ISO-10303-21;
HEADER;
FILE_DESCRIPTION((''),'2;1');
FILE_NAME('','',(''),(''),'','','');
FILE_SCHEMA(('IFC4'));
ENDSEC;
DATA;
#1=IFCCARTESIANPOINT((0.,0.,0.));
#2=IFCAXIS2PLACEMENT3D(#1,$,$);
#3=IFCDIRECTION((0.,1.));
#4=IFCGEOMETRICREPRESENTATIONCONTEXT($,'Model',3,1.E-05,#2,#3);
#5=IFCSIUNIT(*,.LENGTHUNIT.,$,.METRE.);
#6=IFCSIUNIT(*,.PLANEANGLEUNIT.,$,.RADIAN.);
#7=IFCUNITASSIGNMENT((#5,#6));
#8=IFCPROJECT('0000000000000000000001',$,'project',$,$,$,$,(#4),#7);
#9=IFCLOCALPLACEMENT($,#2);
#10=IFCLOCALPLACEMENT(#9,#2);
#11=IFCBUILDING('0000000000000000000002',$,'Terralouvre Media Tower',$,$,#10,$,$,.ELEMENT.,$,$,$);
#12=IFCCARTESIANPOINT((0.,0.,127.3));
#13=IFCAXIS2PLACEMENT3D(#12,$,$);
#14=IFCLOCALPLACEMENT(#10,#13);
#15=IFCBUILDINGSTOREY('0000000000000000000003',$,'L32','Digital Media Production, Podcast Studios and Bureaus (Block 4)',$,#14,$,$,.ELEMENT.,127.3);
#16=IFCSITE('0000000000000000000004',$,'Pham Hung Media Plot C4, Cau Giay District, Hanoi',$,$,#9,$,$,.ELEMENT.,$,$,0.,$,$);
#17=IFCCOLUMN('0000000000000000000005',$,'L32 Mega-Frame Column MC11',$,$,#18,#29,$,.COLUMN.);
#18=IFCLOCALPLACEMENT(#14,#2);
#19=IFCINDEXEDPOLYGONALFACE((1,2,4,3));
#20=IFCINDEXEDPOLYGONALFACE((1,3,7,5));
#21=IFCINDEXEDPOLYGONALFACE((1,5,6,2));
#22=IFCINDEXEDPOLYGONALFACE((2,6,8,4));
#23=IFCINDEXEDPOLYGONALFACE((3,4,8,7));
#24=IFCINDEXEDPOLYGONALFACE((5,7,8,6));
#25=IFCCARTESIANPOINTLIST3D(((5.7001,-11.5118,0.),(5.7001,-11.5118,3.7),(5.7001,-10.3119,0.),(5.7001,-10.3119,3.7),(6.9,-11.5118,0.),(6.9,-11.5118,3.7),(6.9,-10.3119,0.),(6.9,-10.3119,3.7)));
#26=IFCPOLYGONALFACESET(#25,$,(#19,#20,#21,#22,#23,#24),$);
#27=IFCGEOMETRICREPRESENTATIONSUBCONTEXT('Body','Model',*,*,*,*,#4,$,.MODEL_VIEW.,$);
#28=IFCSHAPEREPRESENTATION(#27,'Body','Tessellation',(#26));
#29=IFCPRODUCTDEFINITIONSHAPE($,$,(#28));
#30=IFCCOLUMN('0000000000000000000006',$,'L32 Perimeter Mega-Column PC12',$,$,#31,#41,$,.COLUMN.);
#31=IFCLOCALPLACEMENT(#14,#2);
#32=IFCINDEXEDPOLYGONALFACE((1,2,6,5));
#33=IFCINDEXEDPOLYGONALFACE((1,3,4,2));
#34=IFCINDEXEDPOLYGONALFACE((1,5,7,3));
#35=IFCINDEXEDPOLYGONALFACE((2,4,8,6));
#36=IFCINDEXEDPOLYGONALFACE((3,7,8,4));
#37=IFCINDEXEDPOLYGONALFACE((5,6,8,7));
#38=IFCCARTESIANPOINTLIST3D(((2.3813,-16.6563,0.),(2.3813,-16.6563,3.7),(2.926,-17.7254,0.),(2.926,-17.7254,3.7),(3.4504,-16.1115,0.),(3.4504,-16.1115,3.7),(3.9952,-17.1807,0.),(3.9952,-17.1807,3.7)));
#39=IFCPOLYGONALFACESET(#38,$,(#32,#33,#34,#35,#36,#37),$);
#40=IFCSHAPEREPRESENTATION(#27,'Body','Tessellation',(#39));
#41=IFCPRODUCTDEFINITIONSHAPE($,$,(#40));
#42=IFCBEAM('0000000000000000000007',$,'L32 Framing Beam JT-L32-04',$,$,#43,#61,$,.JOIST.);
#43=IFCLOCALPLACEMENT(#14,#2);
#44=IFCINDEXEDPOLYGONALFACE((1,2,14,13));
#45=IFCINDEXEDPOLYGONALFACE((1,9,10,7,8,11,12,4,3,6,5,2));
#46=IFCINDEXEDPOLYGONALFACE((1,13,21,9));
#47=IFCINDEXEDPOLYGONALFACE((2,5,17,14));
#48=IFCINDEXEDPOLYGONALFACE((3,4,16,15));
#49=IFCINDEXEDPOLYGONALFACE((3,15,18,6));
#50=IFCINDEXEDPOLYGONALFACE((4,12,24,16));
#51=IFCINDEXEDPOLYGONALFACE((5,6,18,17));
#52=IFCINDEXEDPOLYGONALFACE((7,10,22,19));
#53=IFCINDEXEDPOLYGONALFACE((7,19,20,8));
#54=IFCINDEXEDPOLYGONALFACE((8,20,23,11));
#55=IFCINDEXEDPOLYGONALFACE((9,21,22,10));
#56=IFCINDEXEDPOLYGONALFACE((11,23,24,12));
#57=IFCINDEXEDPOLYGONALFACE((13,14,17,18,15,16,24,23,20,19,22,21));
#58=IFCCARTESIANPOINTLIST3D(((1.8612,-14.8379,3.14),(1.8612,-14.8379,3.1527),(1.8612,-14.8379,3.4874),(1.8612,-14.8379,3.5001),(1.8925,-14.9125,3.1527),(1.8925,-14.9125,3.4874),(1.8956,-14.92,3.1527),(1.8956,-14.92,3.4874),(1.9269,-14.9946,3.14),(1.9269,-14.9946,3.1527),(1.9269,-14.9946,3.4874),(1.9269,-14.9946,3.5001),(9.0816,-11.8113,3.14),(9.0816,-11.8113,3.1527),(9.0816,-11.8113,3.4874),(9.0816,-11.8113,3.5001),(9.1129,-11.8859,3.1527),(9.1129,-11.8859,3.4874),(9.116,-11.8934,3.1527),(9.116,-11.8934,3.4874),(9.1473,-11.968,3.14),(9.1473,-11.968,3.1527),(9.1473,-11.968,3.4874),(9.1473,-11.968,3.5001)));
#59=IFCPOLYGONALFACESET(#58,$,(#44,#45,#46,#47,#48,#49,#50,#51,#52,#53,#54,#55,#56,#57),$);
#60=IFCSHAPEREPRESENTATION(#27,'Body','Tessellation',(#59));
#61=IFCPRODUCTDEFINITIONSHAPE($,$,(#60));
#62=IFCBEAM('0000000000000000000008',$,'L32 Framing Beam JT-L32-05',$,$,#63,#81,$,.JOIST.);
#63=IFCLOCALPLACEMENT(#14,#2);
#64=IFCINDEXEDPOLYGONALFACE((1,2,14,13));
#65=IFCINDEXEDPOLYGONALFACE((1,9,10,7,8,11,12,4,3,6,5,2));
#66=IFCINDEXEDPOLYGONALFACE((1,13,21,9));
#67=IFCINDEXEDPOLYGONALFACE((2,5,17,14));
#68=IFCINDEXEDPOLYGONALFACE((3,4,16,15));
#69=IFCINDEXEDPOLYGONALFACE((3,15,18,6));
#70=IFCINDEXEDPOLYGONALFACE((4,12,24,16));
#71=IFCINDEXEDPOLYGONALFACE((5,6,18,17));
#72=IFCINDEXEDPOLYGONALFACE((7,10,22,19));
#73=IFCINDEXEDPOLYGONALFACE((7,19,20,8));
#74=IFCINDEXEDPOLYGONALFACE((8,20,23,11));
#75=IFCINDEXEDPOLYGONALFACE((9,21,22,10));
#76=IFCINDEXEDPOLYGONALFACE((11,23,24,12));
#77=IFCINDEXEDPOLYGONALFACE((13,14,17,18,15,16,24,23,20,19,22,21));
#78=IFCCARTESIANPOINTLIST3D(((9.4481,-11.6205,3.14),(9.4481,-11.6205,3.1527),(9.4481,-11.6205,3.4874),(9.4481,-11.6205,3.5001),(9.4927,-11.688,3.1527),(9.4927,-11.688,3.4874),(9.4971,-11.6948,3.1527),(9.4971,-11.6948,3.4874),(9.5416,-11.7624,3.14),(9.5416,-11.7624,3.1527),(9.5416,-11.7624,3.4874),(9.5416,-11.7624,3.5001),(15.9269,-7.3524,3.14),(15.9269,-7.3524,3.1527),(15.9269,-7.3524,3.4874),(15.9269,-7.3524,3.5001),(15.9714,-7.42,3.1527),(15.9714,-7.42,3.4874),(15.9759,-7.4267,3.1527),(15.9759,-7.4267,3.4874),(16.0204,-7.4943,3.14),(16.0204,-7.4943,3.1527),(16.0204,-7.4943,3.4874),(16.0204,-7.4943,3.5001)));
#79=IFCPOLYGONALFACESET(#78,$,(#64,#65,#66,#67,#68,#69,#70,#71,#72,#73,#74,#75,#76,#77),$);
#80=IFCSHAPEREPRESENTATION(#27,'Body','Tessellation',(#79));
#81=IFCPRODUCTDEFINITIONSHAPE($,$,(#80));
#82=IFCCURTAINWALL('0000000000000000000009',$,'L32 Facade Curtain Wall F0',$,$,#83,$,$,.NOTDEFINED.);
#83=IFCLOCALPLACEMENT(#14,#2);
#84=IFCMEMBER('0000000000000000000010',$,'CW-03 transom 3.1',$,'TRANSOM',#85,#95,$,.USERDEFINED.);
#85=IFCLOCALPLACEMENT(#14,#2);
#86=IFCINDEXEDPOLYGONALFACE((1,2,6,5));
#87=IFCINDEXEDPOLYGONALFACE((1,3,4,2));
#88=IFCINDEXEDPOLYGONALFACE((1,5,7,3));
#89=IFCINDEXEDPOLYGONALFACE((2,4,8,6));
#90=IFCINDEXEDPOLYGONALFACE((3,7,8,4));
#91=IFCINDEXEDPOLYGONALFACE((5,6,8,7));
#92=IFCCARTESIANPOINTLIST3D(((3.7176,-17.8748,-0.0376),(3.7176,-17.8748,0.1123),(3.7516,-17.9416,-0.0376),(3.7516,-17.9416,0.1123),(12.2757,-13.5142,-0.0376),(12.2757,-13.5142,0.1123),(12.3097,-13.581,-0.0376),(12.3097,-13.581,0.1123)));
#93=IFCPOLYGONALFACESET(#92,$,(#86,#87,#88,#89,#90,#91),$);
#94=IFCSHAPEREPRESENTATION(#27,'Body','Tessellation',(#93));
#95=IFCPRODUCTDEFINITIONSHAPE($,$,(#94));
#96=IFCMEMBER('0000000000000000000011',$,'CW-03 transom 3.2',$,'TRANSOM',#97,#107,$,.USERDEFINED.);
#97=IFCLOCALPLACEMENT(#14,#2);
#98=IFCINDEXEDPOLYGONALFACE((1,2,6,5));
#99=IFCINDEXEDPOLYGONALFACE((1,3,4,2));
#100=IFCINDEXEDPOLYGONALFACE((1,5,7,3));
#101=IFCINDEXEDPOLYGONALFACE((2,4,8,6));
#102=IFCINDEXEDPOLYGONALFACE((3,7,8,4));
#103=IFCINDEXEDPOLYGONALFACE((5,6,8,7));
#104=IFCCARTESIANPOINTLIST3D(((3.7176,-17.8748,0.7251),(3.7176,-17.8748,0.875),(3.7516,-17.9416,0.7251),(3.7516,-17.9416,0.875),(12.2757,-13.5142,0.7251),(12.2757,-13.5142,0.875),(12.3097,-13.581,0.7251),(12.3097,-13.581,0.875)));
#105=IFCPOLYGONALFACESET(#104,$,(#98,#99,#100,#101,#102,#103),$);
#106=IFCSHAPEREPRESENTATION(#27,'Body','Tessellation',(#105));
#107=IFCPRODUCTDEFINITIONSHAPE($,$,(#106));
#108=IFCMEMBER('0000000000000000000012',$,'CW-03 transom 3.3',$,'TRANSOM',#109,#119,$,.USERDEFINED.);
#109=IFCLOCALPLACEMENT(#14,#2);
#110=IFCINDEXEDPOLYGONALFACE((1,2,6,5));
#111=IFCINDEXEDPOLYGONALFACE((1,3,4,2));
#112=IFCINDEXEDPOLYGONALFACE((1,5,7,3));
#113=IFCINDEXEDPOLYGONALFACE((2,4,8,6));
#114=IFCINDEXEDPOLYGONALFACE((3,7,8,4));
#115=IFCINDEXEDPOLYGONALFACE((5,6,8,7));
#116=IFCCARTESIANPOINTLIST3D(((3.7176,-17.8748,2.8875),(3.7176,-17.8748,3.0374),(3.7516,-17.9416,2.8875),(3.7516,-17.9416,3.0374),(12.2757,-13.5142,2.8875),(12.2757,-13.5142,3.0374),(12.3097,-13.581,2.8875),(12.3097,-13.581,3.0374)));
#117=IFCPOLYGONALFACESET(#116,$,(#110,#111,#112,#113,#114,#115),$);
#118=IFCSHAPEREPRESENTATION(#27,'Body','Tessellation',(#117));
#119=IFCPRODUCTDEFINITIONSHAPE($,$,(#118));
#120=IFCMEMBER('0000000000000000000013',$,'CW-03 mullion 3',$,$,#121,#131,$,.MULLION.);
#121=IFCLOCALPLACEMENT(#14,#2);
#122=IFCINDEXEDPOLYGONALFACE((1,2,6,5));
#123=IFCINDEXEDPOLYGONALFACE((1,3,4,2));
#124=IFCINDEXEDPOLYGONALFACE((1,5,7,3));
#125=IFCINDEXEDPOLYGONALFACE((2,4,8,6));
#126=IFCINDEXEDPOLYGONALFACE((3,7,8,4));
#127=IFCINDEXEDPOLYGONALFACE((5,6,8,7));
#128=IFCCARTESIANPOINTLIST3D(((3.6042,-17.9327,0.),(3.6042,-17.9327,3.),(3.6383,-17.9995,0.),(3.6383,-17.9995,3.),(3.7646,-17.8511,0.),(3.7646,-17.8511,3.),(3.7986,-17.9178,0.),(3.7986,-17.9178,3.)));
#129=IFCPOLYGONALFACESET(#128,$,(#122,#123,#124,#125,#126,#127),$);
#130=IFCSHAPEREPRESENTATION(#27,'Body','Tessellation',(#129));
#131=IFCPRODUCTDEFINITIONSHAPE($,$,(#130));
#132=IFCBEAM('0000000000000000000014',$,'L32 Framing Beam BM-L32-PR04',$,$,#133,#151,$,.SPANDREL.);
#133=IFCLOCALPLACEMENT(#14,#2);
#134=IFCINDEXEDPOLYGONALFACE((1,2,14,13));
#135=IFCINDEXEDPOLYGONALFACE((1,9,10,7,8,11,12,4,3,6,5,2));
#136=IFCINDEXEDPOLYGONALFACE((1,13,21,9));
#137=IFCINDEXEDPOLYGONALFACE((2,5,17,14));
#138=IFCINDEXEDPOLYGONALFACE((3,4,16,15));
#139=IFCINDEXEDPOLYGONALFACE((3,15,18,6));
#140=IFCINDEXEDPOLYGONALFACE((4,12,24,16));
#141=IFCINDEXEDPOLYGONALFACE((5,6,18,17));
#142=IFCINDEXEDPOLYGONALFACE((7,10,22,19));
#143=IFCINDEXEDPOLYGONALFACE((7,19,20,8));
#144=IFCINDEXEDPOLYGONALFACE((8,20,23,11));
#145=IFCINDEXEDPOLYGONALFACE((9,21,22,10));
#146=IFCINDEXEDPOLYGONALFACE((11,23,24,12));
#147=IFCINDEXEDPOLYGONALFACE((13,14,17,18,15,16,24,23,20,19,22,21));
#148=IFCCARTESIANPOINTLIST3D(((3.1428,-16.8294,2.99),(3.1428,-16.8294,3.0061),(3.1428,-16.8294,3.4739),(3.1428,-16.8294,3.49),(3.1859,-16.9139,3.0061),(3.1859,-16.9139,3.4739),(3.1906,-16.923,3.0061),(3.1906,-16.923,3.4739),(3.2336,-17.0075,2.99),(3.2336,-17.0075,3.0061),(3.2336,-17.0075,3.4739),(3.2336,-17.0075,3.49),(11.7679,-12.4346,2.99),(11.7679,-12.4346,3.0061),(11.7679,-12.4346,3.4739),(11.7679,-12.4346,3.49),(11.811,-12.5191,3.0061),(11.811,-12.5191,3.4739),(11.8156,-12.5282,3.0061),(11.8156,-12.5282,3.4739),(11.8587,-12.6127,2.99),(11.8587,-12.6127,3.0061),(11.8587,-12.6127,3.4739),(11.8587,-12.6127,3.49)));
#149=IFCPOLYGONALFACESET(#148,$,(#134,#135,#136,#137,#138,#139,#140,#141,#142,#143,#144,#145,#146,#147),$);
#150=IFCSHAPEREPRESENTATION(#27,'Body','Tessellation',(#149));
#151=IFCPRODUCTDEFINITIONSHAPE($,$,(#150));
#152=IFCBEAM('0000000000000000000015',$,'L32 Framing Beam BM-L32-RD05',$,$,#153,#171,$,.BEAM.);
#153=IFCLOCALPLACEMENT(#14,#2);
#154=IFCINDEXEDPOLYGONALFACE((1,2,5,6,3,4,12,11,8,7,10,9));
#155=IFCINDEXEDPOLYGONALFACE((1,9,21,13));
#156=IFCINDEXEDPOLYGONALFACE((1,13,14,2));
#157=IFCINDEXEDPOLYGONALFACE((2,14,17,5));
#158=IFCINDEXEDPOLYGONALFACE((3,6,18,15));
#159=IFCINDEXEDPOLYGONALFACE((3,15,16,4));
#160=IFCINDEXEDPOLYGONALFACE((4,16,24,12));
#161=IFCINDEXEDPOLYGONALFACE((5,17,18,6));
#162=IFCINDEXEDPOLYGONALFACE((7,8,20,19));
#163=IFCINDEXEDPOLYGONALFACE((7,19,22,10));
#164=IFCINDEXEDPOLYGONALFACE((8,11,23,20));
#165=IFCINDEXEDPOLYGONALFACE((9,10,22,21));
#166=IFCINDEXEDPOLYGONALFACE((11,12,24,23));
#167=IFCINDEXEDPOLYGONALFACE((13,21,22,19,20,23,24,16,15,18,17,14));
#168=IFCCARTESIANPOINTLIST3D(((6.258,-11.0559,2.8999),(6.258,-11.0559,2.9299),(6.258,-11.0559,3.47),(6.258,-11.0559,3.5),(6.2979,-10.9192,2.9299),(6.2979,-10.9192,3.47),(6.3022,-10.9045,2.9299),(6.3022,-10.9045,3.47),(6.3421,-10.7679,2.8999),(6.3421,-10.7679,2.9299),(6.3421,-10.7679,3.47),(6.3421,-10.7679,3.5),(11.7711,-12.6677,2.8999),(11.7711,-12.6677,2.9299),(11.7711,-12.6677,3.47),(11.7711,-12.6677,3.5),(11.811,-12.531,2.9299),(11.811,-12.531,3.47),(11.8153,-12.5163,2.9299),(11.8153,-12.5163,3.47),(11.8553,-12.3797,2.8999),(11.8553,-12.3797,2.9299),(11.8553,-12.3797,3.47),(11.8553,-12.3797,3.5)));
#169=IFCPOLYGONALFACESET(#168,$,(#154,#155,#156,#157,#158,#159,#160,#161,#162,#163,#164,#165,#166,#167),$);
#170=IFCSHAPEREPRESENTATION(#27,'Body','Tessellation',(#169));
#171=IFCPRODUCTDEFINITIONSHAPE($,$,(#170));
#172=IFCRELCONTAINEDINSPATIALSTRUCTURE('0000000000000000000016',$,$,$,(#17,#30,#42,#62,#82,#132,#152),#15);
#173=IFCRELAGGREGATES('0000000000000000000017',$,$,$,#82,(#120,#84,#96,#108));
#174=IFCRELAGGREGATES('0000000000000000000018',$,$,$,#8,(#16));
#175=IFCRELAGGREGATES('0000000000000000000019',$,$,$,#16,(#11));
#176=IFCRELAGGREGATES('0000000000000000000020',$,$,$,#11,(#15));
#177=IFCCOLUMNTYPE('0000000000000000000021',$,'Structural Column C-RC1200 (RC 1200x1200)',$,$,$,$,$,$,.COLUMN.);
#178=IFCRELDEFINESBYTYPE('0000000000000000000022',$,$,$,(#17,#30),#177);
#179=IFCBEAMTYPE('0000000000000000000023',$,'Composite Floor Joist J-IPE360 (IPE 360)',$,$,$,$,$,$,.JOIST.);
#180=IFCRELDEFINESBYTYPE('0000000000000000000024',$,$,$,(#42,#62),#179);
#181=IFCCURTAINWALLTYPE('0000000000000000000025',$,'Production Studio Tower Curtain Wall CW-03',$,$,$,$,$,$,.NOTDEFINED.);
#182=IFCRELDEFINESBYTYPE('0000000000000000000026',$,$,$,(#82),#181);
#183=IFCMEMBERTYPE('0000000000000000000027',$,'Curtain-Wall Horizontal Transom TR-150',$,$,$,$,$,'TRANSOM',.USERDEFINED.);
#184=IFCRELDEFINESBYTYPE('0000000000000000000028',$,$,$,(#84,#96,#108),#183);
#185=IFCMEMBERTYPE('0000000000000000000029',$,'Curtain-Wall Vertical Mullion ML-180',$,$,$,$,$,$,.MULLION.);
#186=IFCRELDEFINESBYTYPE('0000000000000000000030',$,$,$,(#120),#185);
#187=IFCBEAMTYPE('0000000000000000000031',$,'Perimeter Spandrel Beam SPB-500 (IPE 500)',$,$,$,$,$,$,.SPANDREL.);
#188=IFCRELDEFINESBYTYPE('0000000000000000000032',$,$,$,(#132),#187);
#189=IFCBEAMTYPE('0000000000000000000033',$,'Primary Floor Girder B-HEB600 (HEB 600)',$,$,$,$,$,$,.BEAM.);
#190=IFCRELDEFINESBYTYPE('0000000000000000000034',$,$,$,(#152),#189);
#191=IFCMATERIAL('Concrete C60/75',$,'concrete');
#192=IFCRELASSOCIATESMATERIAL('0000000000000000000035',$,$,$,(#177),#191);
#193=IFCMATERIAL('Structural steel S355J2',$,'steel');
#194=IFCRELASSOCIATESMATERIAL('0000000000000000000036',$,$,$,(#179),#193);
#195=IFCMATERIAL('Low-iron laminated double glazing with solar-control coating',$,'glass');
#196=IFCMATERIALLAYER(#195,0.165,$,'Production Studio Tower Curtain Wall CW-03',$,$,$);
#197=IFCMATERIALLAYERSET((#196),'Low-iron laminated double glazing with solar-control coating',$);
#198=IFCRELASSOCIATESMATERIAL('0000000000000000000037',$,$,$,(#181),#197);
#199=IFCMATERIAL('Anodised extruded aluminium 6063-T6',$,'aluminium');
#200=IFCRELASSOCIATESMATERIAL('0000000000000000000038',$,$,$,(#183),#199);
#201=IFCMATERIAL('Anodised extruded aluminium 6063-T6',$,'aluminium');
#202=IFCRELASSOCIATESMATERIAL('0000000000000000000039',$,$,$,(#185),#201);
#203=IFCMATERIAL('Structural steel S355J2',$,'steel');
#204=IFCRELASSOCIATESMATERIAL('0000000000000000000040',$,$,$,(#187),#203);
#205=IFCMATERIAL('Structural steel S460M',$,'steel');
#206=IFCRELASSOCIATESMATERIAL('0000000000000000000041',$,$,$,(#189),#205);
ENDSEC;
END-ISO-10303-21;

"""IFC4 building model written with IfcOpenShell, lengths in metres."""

from ifc_helpers import new_model, si_unit, direction, frame, origin, origin_2d, place, context, subcontext, project, spatial, rectangle, i_section, extrude, material, layer, layer_set, material_profile, profile_set, type_object, element, aggregate, save


model = new_model("IFC4")

# Units and contexts
model_context = context("Model", 3, precision=1e-05, world=origin(), true_north=direction((0.0, 1.0)))
body_context = subcontext(model_context, "Body", "Model", "MODEL_VIEW")
ifc_project = project(units=[si_unit("LENGTHUNIT", "METRE"), si_unit("PLANEANGLEUNIT", "RADIAN")], contexts=[model_context])

# Site, building, storey
site_placement = place(None, origin())
site = spatial("IfcSite", under=ifc_project, at=site_placement, Name="Pham Hung Media Plot C4, Cau Giay District, Hanoi", CompositionType="ELEMENT", RefElevation=0.0)
building_placement = place(site_placement, origin())
building = spatial("IfcBuilding", under=site, at=building_placement, Name="Terralouvre Media Tower", CompositionType="ELEMENT")
storey_placement = place(building_placement, frame((0.0, 0.0, 127.3)))
storey = spatial("IfcBuildingStorey", under=building, at=storey_placement, Name="L32", Description="Digital Media Production, Podcast Studios and Bureaus (Block 4)", CompositionType="ELEMENT", Elevation=127.3)

# Columns
ifc_material_1 = material(Name="Concrete C60/75", Category="concrete")
ifc_material_profile_1 = material_profile(ifc_material_1, rectangle(XDim=1.2, YDim=1.2, at=origin_2d()), Name="RC 1200x1200")
ifc_profile_set_1 = profile_set([ifc_material_profile_1], Name="Concrete C60/75")
column_type = type_object("IfcColumnType", Name="Structural Column C-RC1200 (RC 1200x1200)", PredefinedType="COLUMN", material=ifc_profile_set_1)
for number, where, z_axis, x_axis, name in (
    (1, (6.3, -10.9119, 0.0), (0.0, 0.0, 1.0), (1.0, 0.0, 0.0), "L32 Mega-Frame Column MC11"),
    (2, (3.1882, -16.9185, 0.0), (0.0, 0.0, 1.0), (0.891007, 0.45399, 0.0), "L32 Perimeter Mega-Column PC12"),
):
    element("IfcColumn", number, at=place(storey_placement, frame(where, z_axis=z_axis, x_axis=x_axis)), inside=storey, type_object=column_type, Name=name, PredefinedType="COLUMN", context=body_context, shape_type="SweptSolid", body=[
        extrude(rectangle(XDim=1.2, YDim=1.2, at=origin_2d()), origin(), (0.0, 0.0, 1.0), 3.7),
    ])

# Beams
ifc_material_2 = material(Name="Structural steel S355J2", Category="steel")
ifc_material_profile_2 = material_profile(ifc_material_2, i_section(OverallWidth=0.1699, OverallDepth=0.3601, WebThickness=0.0081, FlangeThickness=0.0127, at=origin_2d()), Name="IPE 360")
ifc_profile_set_2 = profile_set([ifc_material_profile_2], Name="Structural steel S355J2")
beam_type_1 = type_object("IfcBeamType", Name="Composite Floor Joist J-IPE360 (IPE 360)", PredefinedType="JOIST", material=ifc_profile_set_2)
beam_1_placement = place(storey_placement, frame((1.894, -14.9163, 3.3201), z_axis=(0.922255, 0.386583, 0.0), x_axis=(-0.386583, 0.922255, 0.0)))
element("IfcBeam", 3, at=beam_1_placement, inside=storey, type_object=beam_type_1, Name="L32 Framing Beam JT-L32-04", PredefinedType="JOIST", context=body_context, shape_type="SweptSolid", body=[
    extrude(i_section(OverallWidth=0.1699, OverallDepth=0.3601, WebThickness=0.0081, FlangeThickness=0.0127, at=origin_2d()), origin(), (0.0, 0.0, 1.0), 7.8291),
])
beam_2_placement = place(storey_placement, frame((9.4949, -11.6914, 3.3201), z_axis=(0.835078, 0.550131, 0.0), x_axis=(-0.550131, 0.835078, 0.0)))
element("IfcBeam", 4, at=beam_2_placement, inside=storey, type_object=beam_type_1, Name="L32 Framing Beam JT-L32-05", PredefinedType="JOIST", context=body_context, shape_type="SweptSolid", body=[
    extrude(i_section(OverallWidth=0.1699, OverallDepth=0.3601, WebThickness=0.0081, FlangeThickness=0.0127, at=origin_2d()), origin(), (0.0, 0.0, 1.0), 7.7583),
])

# Curtain wall, members
ifc_material_3 = material(Name="Low-iron laminated double glazing with solar-control coating", Category="glass")
ifc_layer_1 = layer(ifc_material_3, 0.165, Name="Production Studio Tower Curtain Wall CW-03")
ifc_layer_set_1 = layer_set([ifc_layer_1], Name="Low-iron laminated double glazing with solar-control coating")
curtain_wall_type = type_object("IfcCurtainWallType", Name="Production Studio Tower Curtain Wall CW-03", PredefinedType="NOTDEFINED", material=ifc_layer_set_1)
curtain_wall_placement = place(storey_placement, origin())
curtain_wall = element("IfcCurtainWall", 5, at=curtain_wall_placement, inside=storey, type_object=curtain_wall_type, Name="L32 Facade Curtain Wall F0", PredefinedType="NOTDEFINED")
ifc_material_4 = material(Name="Anodised extruded aluminium 6063-T6", Category="aluminium")
ifc_material_profile_3 = material_profile(ifc_material_4, rectangle(XDim=0.075, YDim=0.1499, at=origin_2d()), Name="ALU 75x150")
ifc_profile_set_3 = profile_set([ifc_material_profile_3], Name="Anodised extruded aluminium 6063-T6")
member_type_1 = type_object("IfcMemberType", Name="Curtain-Wall Horizontal Transom TR-150", ElementType="TRANSOM", PredefinedType="USERDEFINED", material=ifc_profile_set_3)
member_1_placement = place(storey_placement, frame((3.7346, -17.9082, 0.0374), z_axis=(0.891006, 0.453992, 0.0), x_axis=(-0.453992, 0.891006, 0.0)))
member_1 = element("IfcMember", 6, at=member_1_placement, type_object=member_type_1, Name="CW-03 transom 3.1", ObjectType="TRANSOM", PredefinedType="USERDEFINED", context=body_context, shape_type="SweptSolid", body=[
    extrude(rectangle(XDim=0.075, YDim=0.1499, at=origin_2d()), origin(), (0.0, 0.0, 1.0), 9.605),
])
member_2_placement = place(storey_placement, frame((3.7346, -17.9082, 0.8), z_axis=(0.891006, 0.453992, 0.0), x_axis=(-0.453992, 0.891006, 0.0)))
member_2 = element("IfcMember", 7, at=member_2_placement, type_object=member_type_1, Name="CW-03 transom 3.2", ObjectType="TRANSOM", PredefinedType="USERDEFINED", context=body_context, shape_type="SweptSolid", body=[
    extrude(rectangle(XDim=0.075, YDim=0.1499, at=origin_2d()), origin(), (0.0, 0.0, 1.0), 9.605),
])
member_3_placement = place(storey_placement, frame((3.7346, -17.9082, 2.9624), z_axis=(0.891006, 0.453992, 0.0), x_axis=(-0.453992, 0.891006, 0.0)))
member_3 = element("IfcMember", 8, at=member_3_placement, type_object=member_type_1, Name="CW-03 transom 3.3", ObjectType="TRANSOM", PredefinedType="USERDEFINED", context=body_context, shape_type="SweptSolid", body=[
    extrude(rectangle(XDim=0.075, YDim=0.1499, at=origin_2d()), origin(), (0.0, 0.0, 1.0), 9.605),
])
ifc_material_5 = material(Name="Anodised extruded aluminium 6063-T6", Category="aluminium")
ifc_material_profile_4 = material_profile(ifc_material_5, rectangle(XDim=0.075, YDim=0.1799, at=origin_2d()), Name="ALU 75x180")
ifc_profile_set_4 = profile_set([ifc_material_profile_4], Name="Anodised extruded aluminium 6063-T6")
member_type_2 = type_object("IfcMemberType", Name="Curtain-Wall Vertical Mullion ML-180", PredefinedType="MULLION", material=ifc_profile_set_4)
member_4_placement = place(storey_placement, frame((3.7014, -17.9253, 0.0), z_axis=(0.0, 0.0, 1.0), x_axis=(-0.453991, 0.891007, 0.0)))
member_4 = element("IfcMember", 9, at=member_4_placement, type_object=member_type_2, Name="CW-03 mullion 3", PredefinedType="MULLION", context=body_context, shape_type="SweptSolid", body=[
    extrude(rectangle(XDim=0.075, YDim=0.1799, at=origin_2d()), origin(), (0.0, 0.0, 1.0), 3.0),
])

# Beams
ifc_material_6 = material(Name="Structural steel S355J2", Category="steel")
ifc_material_profile_5 = material_profile(ifc_material_6, i_section(OverallWidth=0.2, OverallDepth=0.5, WebThickness=0.0103, FlangeThickness=0.0161, at=origin_2d()), Name="IPE 500")
ifc_profile_set_5 = profile_set([ifc_material_profile_5], Name="Structural steel S355J2")
beam_type_2 = type_object("IfcBeamType", Name="Perimeter Spandrel Beam SPB-500 (IPE 500)", PredefinedType="SPANDREL", material=ifc_profile_set_5)
beam_3_placement = place(storey_placement, frame((3.1882, -16.9185, 3.24), z_axis=(0.891002, 0.454, 0.0), x_axis=(-0.454, 0.891002, 0.0)))
element("IfcBeam", 10, at=beam_3_placement, inside=storey, type_object=beam_type_2, Name="L32 Framing Beam BM-L32-PR04", PredefinedType="SPANDREL", context=body_context, shape_type="SweptSolid", body=[
    extrude(i_section(OverallWidth=0.2, OverallDepth=0.5, WebThickness=0.0103, FlangeThickness=0.0161, at=origin_2d()), origin(), (0.0, 0.0, 1.0), 9.6802),
])
ifc_material_7 = material(Name="Structural steel S460M", Category="steel")
ifc_material_profile_6 = material_profile(ifc_material_7, i_section(OverallWidth=0.3, OverallDepth=0.6001, WebThickness=0.0154, FlangeThickness=0.03, at=origin_2d()), Name="HEB 600")
ifc_profile_set_6 = profile_set([ifc_material_profile_6], Name="Structural steel S460M")
beam_type_3 = type_object("IfcBeamType", Name="Primary Floor Girder B-HEB600 (HEB 600)", PredefinedType="BEAM", material=ifc_profile_set_6)
beam_4_placement = place(storey_placement, frame((6.3, -10.9119, 3.2), z_axis=(0.959822, -0.28061, 0.0), x_axis=(0.28061, 0.959822, 0.0)))
element("IfcBeam", 11, at=beam_4_placement, inside=storey, type_object=beam_type_3, Name="L32 Framing Beam BM-L32-RD05", PredefinedType="BEAM", context=body_context, shape_type="SweptSolid", body=[
    extrude(i_section(OverallWidth=0.3, OverallDepth=0.6001, WebThickness=0.0154, FlangeThickness=0.03, at=origin_2d()), origin(), (0.0, 0.0, 1.0), 5.7439),
])

aggregate(curtain_wall, [member_4, member_1, member_2, member_3])

save(model, "model.ifc")
